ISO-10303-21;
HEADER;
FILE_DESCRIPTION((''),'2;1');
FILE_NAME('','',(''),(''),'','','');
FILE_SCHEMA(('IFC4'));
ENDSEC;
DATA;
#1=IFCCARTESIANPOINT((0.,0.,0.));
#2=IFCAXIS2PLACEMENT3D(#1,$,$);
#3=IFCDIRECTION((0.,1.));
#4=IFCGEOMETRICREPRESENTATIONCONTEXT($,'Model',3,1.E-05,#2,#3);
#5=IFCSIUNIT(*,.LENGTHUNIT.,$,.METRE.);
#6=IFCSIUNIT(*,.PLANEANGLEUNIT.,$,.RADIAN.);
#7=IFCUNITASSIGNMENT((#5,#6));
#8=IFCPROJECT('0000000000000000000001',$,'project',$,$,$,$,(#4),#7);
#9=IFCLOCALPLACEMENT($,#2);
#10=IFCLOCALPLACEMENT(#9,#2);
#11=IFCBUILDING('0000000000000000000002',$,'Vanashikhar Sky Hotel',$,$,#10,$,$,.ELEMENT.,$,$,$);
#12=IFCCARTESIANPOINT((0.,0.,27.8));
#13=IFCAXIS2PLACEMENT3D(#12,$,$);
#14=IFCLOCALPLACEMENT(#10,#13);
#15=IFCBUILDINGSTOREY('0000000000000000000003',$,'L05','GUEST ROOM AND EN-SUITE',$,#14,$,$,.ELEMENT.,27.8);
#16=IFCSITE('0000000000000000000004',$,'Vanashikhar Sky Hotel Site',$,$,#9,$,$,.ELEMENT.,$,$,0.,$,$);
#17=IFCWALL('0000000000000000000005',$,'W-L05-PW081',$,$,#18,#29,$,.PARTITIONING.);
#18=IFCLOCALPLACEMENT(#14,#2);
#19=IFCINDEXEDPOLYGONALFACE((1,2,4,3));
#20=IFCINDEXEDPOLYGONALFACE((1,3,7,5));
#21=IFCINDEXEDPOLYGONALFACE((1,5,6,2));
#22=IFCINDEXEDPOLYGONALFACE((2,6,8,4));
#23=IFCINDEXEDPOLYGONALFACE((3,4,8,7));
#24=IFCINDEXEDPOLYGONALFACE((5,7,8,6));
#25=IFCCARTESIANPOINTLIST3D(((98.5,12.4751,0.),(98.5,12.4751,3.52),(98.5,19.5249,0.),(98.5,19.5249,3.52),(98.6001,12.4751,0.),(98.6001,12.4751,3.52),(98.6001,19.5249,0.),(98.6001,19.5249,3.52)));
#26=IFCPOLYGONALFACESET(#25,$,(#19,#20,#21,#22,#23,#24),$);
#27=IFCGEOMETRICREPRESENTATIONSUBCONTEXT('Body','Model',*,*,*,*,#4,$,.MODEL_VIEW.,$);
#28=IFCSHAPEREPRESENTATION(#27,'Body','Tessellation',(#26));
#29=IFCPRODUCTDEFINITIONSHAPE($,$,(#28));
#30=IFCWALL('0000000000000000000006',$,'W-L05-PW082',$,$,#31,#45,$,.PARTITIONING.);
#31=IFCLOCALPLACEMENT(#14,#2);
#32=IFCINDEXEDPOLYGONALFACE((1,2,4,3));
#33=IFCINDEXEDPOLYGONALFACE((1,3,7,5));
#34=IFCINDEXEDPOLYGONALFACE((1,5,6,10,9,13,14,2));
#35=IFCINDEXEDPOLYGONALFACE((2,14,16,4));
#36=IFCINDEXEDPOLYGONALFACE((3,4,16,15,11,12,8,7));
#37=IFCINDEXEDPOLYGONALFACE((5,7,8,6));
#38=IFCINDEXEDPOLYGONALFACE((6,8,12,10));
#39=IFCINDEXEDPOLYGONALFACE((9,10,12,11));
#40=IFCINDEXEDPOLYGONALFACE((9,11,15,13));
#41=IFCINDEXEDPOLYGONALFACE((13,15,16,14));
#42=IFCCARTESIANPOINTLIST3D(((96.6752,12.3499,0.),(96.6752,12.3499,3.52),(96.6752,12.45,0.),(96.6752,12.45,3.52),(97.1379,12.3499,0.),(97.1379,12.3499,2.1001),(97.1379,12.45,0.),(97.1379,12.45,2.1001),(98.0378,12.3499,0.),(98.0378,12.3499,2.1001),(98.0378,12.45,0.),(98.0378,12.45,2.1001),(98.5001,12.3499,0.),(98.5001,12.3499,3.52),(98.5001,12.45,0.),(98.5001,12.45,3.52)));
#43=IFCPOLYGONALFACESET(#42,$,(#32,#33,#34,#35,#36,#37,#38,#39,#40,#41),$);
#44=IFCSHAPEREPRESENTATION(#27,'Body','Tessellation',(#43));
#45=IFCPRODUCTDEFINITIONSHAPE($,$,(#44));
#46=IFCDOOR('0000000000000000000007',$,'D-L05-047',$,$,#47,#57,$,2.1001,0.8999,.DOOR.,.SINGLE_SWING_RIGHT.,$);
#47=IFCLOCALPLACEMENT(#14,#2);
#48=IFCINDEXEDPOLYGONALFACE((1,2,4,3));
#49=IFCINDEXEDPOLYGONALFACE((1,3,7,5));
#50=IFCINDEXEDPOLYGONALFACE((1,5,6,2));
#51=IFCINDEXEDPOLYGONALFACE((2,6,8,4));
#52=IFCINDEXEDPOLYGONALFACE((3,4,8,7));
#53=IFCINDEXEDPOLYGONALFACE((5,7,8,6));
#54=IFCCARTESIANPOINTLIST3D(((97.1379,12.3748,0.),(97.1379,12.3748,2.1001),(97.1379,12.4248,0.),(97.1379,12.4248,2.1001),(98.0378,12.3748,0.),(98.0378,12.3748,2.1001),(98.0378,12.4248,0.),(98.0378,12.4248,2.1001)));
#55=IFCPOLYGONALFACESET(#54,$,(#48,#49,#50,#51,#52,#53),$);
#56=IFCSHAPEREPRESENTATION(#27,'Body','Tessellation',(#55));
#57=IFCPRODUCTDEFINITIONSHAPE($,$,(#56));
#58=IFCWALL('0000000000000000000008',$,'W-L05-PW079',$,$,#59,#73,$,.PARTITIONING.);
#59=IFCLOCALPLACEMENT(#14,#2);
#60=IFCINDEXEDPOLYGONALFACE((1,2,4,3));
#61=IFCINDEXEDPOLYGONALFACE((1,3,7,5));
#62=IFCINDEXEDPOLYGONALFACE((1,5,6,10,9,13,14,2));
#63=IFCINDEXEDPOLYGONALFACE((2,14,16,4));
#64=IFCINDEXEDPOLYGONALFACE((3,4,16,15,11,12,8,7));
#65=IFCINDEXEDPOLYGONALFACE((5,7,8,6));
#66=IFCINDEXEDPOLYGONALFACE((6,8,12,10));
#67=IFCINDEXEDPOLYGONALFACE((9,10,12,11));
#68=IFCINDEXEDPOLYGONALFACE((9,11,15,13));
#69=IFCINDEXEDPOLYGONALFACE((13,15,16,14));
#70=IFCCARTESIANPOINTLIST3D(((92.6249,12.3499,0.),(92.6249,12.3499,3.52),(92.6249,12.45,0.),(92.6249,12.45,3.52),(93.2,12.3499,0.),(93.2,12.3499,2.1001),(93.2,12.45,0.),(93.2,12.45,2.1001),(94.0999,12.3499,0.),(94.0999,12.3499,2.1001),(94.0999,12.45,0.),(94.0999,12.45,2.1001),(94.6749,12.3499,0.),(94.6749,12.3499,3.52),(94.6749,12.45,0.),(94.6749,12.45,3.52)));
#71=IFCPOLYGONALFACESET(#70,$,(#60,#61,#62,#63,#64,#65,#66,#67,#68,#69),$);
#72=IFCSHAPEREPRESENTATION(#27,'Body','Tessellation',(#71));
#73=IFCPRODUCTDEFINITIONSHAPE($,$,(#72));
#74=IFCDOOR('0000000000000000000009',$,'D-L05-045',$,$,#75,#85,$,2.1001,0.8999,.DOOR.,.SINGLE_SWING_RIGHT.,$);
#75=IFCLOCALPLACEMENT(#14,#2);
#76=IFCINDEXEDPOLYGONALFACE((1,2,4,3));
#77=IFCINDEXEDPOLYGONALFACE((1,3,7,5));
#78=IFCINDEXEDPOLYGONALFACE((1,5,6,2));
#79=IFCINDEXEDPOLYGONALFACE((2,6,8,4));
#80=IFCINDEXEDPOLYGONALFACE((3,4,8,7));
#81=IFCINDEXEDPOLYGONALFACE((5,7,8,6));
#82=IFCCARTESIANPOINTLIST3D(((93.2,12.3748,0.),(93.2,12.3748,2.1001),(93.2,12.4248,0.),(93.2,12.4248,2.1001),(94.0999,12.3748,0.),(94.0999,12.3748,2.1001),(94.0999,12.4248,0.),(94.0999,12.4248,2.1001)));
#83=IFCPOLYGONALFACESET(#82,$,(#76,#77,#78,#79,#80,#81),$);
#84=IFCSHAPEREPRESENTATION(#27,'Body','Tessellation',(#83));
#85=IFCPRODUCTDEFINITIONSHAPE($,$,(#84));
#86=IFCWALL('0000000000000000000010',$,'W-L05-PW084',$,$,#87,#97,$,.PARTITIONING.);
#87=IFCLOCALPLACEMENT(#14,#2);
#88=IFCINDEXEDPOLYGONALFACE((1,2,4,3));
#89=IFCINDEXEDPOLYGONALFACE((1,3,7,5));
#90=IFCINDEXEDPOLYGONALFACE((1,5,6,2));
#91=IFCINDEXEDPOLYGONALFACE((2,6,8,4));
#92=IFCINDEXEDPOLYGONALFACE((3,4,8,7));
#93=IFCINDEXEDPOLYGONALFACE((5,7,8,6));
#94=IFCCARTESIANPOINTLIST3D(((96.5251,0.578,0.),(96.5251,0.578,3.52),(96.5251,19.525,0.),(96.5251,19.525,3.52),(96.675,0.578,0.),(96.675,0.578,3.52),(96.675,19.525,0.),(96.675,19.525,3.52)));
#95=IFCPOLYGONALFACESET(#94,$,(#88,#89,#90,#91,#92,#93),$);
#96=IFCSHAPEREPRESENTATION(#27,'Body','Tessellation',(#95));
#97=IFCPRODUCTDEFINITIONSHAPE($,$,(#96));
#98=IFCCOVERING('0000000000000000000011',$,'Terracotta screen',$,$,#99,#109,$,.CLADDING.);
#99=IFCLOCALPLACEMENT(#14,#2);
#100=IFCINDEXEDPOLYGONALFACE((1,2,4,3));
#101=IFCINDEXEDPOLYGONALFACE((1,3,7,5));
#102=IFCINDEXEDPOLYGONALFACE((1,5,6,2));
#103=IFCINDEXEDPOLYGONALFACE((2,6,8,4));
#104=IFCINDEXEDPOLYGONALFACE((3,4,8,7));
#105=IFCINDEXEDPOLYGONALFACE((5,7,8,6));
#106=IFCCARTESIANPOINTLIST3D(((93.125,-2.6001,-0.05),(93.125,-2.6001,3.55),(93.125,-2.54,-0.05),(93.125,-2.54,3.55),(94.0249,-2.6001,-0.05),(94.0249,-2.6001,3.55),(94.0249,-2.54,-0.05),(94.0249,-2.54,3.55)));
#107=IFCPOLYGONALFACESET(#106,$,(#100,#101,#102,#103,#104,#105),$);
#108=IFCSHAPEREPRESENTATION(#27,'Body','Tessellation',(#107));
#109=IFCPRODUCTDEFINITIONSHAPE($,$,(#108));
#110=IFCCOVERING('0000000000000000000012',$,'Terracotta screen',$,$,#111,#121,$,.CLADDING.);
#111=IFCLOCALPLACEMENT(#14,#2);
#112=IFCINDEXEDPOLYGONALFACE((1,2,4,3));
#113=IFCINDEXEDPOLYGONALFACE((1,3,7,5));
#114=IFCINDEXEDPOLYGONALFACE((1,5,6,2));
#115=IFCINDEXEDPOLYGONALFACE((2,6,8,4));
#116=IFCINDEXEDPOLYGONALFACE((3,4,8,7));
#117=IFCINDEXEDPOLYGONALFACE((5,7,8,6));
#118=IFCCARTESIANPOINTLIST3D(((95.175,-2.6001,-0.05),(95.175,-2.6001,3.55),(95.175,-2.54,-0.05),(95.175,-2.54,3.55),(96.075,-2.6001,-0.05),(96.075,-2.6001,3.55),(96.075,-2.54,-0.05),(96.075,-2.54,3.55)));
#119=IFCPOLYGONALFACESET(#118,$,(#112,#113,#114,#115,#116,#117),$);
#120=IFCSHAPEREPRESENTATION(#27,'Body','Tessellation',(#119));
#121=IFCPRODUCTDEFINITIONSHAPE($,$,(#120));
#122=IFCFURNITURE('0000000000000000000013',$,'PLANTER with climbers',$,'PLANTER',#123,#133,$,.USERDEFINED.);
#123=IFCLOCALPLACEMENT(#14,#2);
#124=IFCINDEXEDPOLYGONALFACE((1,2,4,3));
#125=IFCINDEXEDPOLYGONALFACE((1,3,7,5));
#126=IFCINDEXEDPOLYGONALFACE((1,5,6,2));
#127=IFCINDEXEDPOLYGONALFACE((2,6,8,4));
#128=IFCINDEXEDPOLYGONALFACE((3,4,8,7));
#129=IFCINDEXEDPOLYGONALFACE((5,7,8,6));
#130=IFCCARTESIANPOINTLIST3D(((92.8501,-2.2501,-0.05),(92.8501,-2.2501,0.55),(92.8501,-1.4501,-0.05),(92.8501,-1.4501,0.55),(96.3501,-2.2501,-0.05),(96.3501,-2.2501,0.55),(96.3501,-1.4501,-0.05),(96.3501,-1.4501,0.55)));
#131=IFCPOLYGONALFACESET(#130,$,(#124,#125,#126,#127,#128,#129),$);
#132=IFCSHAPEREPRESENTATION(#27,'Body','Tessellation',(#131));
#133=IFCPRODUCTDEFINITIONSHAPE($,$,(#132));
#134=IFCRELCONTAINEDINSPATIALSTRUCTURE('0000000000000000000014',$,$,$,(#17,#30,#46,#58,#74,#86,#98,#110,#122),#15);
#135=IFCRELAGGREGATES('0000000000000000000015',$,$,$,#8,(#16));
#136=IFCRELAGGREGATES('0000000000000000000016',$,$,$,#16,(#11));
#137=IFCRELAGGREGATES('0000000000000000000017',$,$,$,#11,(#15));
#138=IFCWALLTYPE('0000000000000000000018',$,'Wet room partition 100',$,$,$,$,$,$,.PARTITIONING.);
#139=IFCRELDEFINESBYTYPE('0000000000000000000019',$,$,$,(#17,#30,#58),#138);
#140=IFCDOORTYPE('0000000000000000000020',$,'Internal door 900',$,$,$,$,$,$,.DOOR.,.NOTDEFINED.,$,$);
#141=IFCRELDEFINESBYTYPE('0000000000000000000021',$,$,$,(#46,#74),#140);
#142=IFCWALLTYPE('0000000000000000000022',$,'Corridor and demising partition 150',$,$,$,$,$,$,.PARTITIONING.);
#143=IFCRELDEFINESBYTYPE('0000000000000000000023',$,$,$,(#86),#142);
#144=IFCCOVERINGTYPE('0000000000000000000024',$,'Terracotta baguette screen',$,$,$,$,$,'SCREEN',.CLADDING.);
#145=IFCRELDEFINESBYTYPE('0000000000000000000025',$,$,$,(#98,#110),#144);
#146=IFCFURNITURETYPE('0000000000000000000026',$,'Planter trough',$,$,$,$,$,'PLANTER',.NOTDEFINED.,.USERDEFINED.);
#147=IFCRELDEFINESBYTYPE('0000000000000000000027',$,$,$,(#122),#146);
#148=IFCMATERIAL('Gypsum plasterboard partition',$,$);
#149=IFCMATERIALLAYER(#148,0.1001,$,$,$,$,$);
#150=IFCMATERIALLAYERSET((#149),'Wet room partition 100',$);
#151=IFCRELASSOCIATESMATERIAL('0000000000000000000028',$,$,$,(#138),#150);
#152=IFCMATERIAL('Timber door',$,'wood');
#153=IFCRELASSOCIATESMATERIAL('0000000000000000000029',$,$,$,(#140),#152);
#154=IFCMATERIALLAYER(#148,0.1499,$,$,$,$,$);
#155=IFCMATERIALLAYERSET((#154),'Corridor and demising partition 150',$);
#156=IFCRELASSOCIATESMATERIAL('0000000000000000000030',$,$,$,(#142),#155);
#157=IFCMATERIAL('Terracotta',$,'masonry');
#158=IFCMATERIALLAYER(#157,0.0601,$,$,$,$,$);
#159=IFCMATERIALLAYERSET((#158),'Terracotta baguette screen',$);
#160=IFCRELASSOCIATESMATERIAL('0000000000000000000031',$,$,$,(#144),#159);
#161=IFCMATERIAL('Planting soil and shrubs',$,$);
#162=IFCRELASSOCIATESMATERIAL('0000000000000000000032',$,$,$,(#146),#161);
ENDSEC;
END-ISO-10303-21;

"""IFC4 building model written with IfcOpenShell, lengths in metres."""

from ifc_helpers import new_model, si_unit, direction, frame, frame_2d, origin, origin_2d, place, context, subcontext, project, spatial, rectangle, extrude, source, transform, mapped, material, layer, layer_set, type_object, element, fill, save


model = new_model("IFC4")

# Units and contexts
model_context = context("Model", 3, precision=1e-05, world=origin(), true_north=direction((0.0, 1.0)))
body_context = subcontext(model_context, "Body", "Model", "MODEL_VIEW")
ifc_project = project(units=[si_unit("LENGTHUNIT", "METRE"), si_unit("PLANEANGLEUNIT", "RADIAN")], contexts=[model_context])

# Site, building, storey
site_placement = place(None, origin())
site = spatial("IfcSite", under=ifc_project, at=site_placement, Name="Vanashikhar Sky Hotel Site", CompositionType="ELEMENT", RefElevation=0.0)
building_placement = place(site_placement, origin())
building = spatial("IfcBuilding", under=site, at=building_placement, Name="Vanashikhar Sky Hotel", CompositionType="ELEMENT")
storey_placement = place(building_placement, frame((0.0, 0.0, 27.8)))
storey = spatial("IfcBuildingStorey", under=building, at=storey_placement, Name="L05", Description="GUEST ROOM AND EN-SUITE", CompositionType="ELEMENT", Elevation=27.8)

# Wall
ifc_material_1 = material(Name="Gypsum plasterboard partition")
ifc_layer_1 = layer(ifc_material_1, 0.1001)
ifc_layer_set_1 = layer_set([ifc_layer_1], Name="Wet room partition 100")
wall_type_1 = type_object("IfcWallType", Name="Wet room partition 100", PredefinedType="PARTITIONING", material=ifc_layer_set_1)
shared_shape_1 = source(origin(), body_context, "Body", "SweptSolid", [
    extrude(rectangle(XDim=7.0498, YDim=0.1001, at=frame_2d((3.5249, 0.0))), origin(), (0.0, 0.0, 1.0), 3.52),
])
for number, where, z_axis, x_axis, name in (
    (1, (98.55, 12.4751, 0.0), (0.0, 0.0, 1.0), (0.0, 1.0, 0.0), "W-L05-PW081"),
):
    element("IfcWall", number, at=place(storey_placement, frame(where, z_axis=z_axis, x_axis=x_axis)), inside=storey, type_object=wall_type_1, Name=name, PredefinedType="PARTITIONING", context=body_context, shape_type="MappedRepresentation", body=[
        mapped(shared_shape_1, transform((0.0, 0.0, 0.0), scale=1.0)),
    ])

# Walls, openings, doors
shared_shape_2 = source(origin(), body_context, "Body", "SweptSolid", [
    extrude(rectangle(XDim=1.825, YDim=0.1001, at=frame_2d((0.9126, 0.0))), origin(), (0.0, 0.0, 1.0), 3.52),
])
wall_1_placement = place(storey_placement, frame((96.675, 12.3999, 0.0), z_axis=(0.0, 0.0, 1.0), x_axis=(1.0, 0.0, 0.0)))
wall_1 = element("IfcWall", 2, at=wall_1_placement, inside=storey, type_object=wall_type_1, Name="W-L05-PW082", PredefinedType="PARTITIONING", context=body_context, shape_type="MappedRepresentation", body=[
    mapped(shared_shape_2, transform((0.0, 0.0, 0.0), scale=1.0)),
])
shared_shape_3 = source(origin(), body_context, "Body", "SweptSolid", [
    extrude(rectangle(XDim=0.8999, YDim=2.1001, at=frame_2d((0.45, 1.05))), frame((0.0, 0.0601, 0.0), z_axis=(0.0, -1.0, 0.0), x_axis=(1.0, 0.0, 0.0)), (0.0, 0.0, 1.0), 0.1201),
])
opening_1_placement = place(wall_1_placement, frame((0.4629, 0.0, 0.0)))
opening_1 = element("IfcOpeningElement", 3, at=opening_1_placement, cuts=wall_1, PredefinedType="OPENING", context=body_context, shape_type="MappedRepresentation", body=[
    mapped(shared_shape_3, transform((0.0, 0.0, 0.0), scale=1.0)),
])
ifc_material_2 = material(Name="Timber door", Category="wood")
door_type_1 = type_object("IfcDoorType", Name="Internal door 900", OperationType="NOTDEFINED", PredefinedType="DOOR", material=ifc_material_2)
shared_shape_4 = source(origin(), body_context, "Body", "SweptSolid", [
    extrude(rectangle(XDim=0.8999, YDim=2.1001, at=frame_2d((0.45, 1.05))), frame((0.0, 0.0249, 0.0), z_axis=(0.0, -1.0, 0.0), x_axis=(1.0, 0.0, 0.0)), (0.0, 0.0, 1.0), 0.05),
])
door_1_placement = place(opening_1_placement, origin())
door_1 = element("IfcDoor", 4, at=door_1_placement, inside=storey, type_object=door_type_1, Name="D-L05-047", OperationType="SINGLE_SWING_RIGHT", OverallHeight=2.1001, OverallWidth=0.8999, PredefinedType="DOOR", context=body_context, shape_type="MappedRepresentation", body=[
    mapped(shared_shape_4, transform((0.0, 0.0, 0.0), scale=1.0)),
])
fill(opening_1, door_1)
shared_shape_5 = source(origin(), body_context, "Body", "SweptSolid", [
    extrude(rectangle(XDim=2.05, YDim=0.1001, at=frame_2d((1.0249, 0.0))), origin(), (0.0, 0.0, 1.0), 3.52),
])
wall_2_placement = place(storey_placement, frame((92.625, 12.3999, 0.0), z_axis=(0.0, 0.0, 1.0), x_axis=(1.0, 0.0, 0.0)))
wall_2 = element("IfcWall", 5, at=wall_2_placement, inside=storey, type_object=wall_type_1, Name="W-L05-PW079", PredefinedType="PARTITIONING", context=body_context, shape_type="MappedRepresentation", body=[
    mapped(shared_shape_5, transform((0.0, 0.0, 0.0), scale=1.0)),
])
opening_2_placement = place(wall_2_placement, frame((0.575, 0.0, 0.0)))
opening_2 = element("IfcOpeningElement", 6, at=opening_2_placement, cuts=wall_2, PredefinedType="OPENING", context=body_context, shape_type="MappedRepresentation", body=[
    mapped(shared_shape_3, transform((0.0, 0.0, 0.0), scale=1.0)),
])
door_2_placement = place(opening_2_placement, origin())
door_2 = element("IfcDoor", 7, at=door_2_placement, inside=storey, type_object=door_type_1, Name="D-L05-045", OperationType="SINGLE_SWING_RIGHT", OverallHeight=2.1001, OverallWidth=0.8999, PredefinedType="DOOR", context=body_context, shape_type="MappedRepresentation", body=[
    mapped(shared_shape_4, transform((0.0, 0.0, 0.0), scale=1.0)),
])
fill(opening_2, door_2)

# Wall
ifc_layer_2 = layer(ifc_material_1, 0.1499)
ifc_layer_set_2 = layer_set([ifc_layer_2], Name="Corridor and demising partition 150")
wall_type_2 = type_object("IfcWallType", Name="Corridor and demising partition 150", PredefinedType="PARTITIONING", material=ifc_layer_set_2)
shared_shape_6 = source(origin(), body_context, "Body", "SweptSolid", [
    extrude(rectangle(XDim=18.947, YDim=0.1499, at=frame_2d((9.4736, 0.0))), origin(), (0.0, 0.0, 1.0), 3.52),
])
wall_3_placement = place(storey_placement, frame((96.6001, 0.5779, 0.0), z_axis=(0.0, 0.0, 1.0), x_axis=(0.0, 1.0, 0.0)))
element("IfcWall", 8, at=wall_3_placement, inside=storey, type_object=wall_type_2, Name="W-L05-PW084", PredefinedType="PARTITIONING", context=body_context, shape_type="MappedRepresentation", body=[
    mapped(shared_shape_6, transform((0.0, 0.0, 0.0), scale=1.0)),
])

# Coverings
ifc_material_3 = material(Name="Terracotta", Category="masonry")
ifc_layer_3 = layer(ifc_material_3, 0.0601)
ifc_layer_set_3 = layer_set([ifc_layer_3], Name="Terracotta baguette screen")
covering_type = type_object("IfcCoveringType", Name="Terracotta baguette screen", ElementType="SCREEN", PredefinedType="CLADDING", material=ifc_layer_set_3)
shared_shape_7 = source(origin(), body_context, "Body", "SweptSolid", [
    extrude(rectangle(XDim=0.8999, YDim=0.0601, at=origin_2d()), origin(), (0.0, 0.0, 1.0), 3.6001),
])
for number, where, z_axis, x_axis, name in (
    (9, (93.575, -2.5701, -0.05), (0.0, 0.0, 1.0), (1.0, 0.0, 0.0), "Terracotta screen"),
    (10, (95.625, -2.5701, -0.05), (0.0, 0.0, 1.0), (1.0, 0.0, 0.0), "Terracotta screen"),
):
    element("IfcCovering", number, at=place(storey_placement, frame(where, z_axis=z_axis, x_axis=x_axis)), inside=storey, type_object=covering_type, Name=name, PredefinedType="CLADDING", context=body_context, shape_type="MappedRepresentation", body=[
        mapped(shared_shape_7, transform((0.0, 0.0, 0.0), scale=1.0)),
    ])

# Furniture
ifc_material_4 = material(Name="Planting soil and shrubs")
furniture_type = type_object("IfcFurnitureType", Name="Planter trough", ElementType="PLANTER", AssemblyPlace="NOTDEFINED", PredefinedType="USERDEFINED", material=ifc_material_4)
shared_shape_8 = source(origin(), body_context, "Body", "SweptSolid", [
    extrude(rectangle(XDim=3.5, YDim=0.8, at=origin_2d()), origin(), (0.0, 0.0, 1.0), 0.6001),
])
furniture_placement = place(storey_placement, frame((94.6001, -1.8501, -0.05), z_axis=(0.0, 0.0, 1.0), x_axis=(1.0, 0.0, 0.0)))
element("IfcFurniture", 11, at=furniture_placement, inside=storey, type_object=furniture_type, Name="PLANTER with climbers", ObjectType="PLANTER", PredefinedType="USERDEFINED", context=body_context, shape_type="MappedRepresentation", body=[
    mapped(shared_shape_8, transform((0.0, 0.0, 0.0), scale=1.0)),
])

save(model, "model.ifc")
